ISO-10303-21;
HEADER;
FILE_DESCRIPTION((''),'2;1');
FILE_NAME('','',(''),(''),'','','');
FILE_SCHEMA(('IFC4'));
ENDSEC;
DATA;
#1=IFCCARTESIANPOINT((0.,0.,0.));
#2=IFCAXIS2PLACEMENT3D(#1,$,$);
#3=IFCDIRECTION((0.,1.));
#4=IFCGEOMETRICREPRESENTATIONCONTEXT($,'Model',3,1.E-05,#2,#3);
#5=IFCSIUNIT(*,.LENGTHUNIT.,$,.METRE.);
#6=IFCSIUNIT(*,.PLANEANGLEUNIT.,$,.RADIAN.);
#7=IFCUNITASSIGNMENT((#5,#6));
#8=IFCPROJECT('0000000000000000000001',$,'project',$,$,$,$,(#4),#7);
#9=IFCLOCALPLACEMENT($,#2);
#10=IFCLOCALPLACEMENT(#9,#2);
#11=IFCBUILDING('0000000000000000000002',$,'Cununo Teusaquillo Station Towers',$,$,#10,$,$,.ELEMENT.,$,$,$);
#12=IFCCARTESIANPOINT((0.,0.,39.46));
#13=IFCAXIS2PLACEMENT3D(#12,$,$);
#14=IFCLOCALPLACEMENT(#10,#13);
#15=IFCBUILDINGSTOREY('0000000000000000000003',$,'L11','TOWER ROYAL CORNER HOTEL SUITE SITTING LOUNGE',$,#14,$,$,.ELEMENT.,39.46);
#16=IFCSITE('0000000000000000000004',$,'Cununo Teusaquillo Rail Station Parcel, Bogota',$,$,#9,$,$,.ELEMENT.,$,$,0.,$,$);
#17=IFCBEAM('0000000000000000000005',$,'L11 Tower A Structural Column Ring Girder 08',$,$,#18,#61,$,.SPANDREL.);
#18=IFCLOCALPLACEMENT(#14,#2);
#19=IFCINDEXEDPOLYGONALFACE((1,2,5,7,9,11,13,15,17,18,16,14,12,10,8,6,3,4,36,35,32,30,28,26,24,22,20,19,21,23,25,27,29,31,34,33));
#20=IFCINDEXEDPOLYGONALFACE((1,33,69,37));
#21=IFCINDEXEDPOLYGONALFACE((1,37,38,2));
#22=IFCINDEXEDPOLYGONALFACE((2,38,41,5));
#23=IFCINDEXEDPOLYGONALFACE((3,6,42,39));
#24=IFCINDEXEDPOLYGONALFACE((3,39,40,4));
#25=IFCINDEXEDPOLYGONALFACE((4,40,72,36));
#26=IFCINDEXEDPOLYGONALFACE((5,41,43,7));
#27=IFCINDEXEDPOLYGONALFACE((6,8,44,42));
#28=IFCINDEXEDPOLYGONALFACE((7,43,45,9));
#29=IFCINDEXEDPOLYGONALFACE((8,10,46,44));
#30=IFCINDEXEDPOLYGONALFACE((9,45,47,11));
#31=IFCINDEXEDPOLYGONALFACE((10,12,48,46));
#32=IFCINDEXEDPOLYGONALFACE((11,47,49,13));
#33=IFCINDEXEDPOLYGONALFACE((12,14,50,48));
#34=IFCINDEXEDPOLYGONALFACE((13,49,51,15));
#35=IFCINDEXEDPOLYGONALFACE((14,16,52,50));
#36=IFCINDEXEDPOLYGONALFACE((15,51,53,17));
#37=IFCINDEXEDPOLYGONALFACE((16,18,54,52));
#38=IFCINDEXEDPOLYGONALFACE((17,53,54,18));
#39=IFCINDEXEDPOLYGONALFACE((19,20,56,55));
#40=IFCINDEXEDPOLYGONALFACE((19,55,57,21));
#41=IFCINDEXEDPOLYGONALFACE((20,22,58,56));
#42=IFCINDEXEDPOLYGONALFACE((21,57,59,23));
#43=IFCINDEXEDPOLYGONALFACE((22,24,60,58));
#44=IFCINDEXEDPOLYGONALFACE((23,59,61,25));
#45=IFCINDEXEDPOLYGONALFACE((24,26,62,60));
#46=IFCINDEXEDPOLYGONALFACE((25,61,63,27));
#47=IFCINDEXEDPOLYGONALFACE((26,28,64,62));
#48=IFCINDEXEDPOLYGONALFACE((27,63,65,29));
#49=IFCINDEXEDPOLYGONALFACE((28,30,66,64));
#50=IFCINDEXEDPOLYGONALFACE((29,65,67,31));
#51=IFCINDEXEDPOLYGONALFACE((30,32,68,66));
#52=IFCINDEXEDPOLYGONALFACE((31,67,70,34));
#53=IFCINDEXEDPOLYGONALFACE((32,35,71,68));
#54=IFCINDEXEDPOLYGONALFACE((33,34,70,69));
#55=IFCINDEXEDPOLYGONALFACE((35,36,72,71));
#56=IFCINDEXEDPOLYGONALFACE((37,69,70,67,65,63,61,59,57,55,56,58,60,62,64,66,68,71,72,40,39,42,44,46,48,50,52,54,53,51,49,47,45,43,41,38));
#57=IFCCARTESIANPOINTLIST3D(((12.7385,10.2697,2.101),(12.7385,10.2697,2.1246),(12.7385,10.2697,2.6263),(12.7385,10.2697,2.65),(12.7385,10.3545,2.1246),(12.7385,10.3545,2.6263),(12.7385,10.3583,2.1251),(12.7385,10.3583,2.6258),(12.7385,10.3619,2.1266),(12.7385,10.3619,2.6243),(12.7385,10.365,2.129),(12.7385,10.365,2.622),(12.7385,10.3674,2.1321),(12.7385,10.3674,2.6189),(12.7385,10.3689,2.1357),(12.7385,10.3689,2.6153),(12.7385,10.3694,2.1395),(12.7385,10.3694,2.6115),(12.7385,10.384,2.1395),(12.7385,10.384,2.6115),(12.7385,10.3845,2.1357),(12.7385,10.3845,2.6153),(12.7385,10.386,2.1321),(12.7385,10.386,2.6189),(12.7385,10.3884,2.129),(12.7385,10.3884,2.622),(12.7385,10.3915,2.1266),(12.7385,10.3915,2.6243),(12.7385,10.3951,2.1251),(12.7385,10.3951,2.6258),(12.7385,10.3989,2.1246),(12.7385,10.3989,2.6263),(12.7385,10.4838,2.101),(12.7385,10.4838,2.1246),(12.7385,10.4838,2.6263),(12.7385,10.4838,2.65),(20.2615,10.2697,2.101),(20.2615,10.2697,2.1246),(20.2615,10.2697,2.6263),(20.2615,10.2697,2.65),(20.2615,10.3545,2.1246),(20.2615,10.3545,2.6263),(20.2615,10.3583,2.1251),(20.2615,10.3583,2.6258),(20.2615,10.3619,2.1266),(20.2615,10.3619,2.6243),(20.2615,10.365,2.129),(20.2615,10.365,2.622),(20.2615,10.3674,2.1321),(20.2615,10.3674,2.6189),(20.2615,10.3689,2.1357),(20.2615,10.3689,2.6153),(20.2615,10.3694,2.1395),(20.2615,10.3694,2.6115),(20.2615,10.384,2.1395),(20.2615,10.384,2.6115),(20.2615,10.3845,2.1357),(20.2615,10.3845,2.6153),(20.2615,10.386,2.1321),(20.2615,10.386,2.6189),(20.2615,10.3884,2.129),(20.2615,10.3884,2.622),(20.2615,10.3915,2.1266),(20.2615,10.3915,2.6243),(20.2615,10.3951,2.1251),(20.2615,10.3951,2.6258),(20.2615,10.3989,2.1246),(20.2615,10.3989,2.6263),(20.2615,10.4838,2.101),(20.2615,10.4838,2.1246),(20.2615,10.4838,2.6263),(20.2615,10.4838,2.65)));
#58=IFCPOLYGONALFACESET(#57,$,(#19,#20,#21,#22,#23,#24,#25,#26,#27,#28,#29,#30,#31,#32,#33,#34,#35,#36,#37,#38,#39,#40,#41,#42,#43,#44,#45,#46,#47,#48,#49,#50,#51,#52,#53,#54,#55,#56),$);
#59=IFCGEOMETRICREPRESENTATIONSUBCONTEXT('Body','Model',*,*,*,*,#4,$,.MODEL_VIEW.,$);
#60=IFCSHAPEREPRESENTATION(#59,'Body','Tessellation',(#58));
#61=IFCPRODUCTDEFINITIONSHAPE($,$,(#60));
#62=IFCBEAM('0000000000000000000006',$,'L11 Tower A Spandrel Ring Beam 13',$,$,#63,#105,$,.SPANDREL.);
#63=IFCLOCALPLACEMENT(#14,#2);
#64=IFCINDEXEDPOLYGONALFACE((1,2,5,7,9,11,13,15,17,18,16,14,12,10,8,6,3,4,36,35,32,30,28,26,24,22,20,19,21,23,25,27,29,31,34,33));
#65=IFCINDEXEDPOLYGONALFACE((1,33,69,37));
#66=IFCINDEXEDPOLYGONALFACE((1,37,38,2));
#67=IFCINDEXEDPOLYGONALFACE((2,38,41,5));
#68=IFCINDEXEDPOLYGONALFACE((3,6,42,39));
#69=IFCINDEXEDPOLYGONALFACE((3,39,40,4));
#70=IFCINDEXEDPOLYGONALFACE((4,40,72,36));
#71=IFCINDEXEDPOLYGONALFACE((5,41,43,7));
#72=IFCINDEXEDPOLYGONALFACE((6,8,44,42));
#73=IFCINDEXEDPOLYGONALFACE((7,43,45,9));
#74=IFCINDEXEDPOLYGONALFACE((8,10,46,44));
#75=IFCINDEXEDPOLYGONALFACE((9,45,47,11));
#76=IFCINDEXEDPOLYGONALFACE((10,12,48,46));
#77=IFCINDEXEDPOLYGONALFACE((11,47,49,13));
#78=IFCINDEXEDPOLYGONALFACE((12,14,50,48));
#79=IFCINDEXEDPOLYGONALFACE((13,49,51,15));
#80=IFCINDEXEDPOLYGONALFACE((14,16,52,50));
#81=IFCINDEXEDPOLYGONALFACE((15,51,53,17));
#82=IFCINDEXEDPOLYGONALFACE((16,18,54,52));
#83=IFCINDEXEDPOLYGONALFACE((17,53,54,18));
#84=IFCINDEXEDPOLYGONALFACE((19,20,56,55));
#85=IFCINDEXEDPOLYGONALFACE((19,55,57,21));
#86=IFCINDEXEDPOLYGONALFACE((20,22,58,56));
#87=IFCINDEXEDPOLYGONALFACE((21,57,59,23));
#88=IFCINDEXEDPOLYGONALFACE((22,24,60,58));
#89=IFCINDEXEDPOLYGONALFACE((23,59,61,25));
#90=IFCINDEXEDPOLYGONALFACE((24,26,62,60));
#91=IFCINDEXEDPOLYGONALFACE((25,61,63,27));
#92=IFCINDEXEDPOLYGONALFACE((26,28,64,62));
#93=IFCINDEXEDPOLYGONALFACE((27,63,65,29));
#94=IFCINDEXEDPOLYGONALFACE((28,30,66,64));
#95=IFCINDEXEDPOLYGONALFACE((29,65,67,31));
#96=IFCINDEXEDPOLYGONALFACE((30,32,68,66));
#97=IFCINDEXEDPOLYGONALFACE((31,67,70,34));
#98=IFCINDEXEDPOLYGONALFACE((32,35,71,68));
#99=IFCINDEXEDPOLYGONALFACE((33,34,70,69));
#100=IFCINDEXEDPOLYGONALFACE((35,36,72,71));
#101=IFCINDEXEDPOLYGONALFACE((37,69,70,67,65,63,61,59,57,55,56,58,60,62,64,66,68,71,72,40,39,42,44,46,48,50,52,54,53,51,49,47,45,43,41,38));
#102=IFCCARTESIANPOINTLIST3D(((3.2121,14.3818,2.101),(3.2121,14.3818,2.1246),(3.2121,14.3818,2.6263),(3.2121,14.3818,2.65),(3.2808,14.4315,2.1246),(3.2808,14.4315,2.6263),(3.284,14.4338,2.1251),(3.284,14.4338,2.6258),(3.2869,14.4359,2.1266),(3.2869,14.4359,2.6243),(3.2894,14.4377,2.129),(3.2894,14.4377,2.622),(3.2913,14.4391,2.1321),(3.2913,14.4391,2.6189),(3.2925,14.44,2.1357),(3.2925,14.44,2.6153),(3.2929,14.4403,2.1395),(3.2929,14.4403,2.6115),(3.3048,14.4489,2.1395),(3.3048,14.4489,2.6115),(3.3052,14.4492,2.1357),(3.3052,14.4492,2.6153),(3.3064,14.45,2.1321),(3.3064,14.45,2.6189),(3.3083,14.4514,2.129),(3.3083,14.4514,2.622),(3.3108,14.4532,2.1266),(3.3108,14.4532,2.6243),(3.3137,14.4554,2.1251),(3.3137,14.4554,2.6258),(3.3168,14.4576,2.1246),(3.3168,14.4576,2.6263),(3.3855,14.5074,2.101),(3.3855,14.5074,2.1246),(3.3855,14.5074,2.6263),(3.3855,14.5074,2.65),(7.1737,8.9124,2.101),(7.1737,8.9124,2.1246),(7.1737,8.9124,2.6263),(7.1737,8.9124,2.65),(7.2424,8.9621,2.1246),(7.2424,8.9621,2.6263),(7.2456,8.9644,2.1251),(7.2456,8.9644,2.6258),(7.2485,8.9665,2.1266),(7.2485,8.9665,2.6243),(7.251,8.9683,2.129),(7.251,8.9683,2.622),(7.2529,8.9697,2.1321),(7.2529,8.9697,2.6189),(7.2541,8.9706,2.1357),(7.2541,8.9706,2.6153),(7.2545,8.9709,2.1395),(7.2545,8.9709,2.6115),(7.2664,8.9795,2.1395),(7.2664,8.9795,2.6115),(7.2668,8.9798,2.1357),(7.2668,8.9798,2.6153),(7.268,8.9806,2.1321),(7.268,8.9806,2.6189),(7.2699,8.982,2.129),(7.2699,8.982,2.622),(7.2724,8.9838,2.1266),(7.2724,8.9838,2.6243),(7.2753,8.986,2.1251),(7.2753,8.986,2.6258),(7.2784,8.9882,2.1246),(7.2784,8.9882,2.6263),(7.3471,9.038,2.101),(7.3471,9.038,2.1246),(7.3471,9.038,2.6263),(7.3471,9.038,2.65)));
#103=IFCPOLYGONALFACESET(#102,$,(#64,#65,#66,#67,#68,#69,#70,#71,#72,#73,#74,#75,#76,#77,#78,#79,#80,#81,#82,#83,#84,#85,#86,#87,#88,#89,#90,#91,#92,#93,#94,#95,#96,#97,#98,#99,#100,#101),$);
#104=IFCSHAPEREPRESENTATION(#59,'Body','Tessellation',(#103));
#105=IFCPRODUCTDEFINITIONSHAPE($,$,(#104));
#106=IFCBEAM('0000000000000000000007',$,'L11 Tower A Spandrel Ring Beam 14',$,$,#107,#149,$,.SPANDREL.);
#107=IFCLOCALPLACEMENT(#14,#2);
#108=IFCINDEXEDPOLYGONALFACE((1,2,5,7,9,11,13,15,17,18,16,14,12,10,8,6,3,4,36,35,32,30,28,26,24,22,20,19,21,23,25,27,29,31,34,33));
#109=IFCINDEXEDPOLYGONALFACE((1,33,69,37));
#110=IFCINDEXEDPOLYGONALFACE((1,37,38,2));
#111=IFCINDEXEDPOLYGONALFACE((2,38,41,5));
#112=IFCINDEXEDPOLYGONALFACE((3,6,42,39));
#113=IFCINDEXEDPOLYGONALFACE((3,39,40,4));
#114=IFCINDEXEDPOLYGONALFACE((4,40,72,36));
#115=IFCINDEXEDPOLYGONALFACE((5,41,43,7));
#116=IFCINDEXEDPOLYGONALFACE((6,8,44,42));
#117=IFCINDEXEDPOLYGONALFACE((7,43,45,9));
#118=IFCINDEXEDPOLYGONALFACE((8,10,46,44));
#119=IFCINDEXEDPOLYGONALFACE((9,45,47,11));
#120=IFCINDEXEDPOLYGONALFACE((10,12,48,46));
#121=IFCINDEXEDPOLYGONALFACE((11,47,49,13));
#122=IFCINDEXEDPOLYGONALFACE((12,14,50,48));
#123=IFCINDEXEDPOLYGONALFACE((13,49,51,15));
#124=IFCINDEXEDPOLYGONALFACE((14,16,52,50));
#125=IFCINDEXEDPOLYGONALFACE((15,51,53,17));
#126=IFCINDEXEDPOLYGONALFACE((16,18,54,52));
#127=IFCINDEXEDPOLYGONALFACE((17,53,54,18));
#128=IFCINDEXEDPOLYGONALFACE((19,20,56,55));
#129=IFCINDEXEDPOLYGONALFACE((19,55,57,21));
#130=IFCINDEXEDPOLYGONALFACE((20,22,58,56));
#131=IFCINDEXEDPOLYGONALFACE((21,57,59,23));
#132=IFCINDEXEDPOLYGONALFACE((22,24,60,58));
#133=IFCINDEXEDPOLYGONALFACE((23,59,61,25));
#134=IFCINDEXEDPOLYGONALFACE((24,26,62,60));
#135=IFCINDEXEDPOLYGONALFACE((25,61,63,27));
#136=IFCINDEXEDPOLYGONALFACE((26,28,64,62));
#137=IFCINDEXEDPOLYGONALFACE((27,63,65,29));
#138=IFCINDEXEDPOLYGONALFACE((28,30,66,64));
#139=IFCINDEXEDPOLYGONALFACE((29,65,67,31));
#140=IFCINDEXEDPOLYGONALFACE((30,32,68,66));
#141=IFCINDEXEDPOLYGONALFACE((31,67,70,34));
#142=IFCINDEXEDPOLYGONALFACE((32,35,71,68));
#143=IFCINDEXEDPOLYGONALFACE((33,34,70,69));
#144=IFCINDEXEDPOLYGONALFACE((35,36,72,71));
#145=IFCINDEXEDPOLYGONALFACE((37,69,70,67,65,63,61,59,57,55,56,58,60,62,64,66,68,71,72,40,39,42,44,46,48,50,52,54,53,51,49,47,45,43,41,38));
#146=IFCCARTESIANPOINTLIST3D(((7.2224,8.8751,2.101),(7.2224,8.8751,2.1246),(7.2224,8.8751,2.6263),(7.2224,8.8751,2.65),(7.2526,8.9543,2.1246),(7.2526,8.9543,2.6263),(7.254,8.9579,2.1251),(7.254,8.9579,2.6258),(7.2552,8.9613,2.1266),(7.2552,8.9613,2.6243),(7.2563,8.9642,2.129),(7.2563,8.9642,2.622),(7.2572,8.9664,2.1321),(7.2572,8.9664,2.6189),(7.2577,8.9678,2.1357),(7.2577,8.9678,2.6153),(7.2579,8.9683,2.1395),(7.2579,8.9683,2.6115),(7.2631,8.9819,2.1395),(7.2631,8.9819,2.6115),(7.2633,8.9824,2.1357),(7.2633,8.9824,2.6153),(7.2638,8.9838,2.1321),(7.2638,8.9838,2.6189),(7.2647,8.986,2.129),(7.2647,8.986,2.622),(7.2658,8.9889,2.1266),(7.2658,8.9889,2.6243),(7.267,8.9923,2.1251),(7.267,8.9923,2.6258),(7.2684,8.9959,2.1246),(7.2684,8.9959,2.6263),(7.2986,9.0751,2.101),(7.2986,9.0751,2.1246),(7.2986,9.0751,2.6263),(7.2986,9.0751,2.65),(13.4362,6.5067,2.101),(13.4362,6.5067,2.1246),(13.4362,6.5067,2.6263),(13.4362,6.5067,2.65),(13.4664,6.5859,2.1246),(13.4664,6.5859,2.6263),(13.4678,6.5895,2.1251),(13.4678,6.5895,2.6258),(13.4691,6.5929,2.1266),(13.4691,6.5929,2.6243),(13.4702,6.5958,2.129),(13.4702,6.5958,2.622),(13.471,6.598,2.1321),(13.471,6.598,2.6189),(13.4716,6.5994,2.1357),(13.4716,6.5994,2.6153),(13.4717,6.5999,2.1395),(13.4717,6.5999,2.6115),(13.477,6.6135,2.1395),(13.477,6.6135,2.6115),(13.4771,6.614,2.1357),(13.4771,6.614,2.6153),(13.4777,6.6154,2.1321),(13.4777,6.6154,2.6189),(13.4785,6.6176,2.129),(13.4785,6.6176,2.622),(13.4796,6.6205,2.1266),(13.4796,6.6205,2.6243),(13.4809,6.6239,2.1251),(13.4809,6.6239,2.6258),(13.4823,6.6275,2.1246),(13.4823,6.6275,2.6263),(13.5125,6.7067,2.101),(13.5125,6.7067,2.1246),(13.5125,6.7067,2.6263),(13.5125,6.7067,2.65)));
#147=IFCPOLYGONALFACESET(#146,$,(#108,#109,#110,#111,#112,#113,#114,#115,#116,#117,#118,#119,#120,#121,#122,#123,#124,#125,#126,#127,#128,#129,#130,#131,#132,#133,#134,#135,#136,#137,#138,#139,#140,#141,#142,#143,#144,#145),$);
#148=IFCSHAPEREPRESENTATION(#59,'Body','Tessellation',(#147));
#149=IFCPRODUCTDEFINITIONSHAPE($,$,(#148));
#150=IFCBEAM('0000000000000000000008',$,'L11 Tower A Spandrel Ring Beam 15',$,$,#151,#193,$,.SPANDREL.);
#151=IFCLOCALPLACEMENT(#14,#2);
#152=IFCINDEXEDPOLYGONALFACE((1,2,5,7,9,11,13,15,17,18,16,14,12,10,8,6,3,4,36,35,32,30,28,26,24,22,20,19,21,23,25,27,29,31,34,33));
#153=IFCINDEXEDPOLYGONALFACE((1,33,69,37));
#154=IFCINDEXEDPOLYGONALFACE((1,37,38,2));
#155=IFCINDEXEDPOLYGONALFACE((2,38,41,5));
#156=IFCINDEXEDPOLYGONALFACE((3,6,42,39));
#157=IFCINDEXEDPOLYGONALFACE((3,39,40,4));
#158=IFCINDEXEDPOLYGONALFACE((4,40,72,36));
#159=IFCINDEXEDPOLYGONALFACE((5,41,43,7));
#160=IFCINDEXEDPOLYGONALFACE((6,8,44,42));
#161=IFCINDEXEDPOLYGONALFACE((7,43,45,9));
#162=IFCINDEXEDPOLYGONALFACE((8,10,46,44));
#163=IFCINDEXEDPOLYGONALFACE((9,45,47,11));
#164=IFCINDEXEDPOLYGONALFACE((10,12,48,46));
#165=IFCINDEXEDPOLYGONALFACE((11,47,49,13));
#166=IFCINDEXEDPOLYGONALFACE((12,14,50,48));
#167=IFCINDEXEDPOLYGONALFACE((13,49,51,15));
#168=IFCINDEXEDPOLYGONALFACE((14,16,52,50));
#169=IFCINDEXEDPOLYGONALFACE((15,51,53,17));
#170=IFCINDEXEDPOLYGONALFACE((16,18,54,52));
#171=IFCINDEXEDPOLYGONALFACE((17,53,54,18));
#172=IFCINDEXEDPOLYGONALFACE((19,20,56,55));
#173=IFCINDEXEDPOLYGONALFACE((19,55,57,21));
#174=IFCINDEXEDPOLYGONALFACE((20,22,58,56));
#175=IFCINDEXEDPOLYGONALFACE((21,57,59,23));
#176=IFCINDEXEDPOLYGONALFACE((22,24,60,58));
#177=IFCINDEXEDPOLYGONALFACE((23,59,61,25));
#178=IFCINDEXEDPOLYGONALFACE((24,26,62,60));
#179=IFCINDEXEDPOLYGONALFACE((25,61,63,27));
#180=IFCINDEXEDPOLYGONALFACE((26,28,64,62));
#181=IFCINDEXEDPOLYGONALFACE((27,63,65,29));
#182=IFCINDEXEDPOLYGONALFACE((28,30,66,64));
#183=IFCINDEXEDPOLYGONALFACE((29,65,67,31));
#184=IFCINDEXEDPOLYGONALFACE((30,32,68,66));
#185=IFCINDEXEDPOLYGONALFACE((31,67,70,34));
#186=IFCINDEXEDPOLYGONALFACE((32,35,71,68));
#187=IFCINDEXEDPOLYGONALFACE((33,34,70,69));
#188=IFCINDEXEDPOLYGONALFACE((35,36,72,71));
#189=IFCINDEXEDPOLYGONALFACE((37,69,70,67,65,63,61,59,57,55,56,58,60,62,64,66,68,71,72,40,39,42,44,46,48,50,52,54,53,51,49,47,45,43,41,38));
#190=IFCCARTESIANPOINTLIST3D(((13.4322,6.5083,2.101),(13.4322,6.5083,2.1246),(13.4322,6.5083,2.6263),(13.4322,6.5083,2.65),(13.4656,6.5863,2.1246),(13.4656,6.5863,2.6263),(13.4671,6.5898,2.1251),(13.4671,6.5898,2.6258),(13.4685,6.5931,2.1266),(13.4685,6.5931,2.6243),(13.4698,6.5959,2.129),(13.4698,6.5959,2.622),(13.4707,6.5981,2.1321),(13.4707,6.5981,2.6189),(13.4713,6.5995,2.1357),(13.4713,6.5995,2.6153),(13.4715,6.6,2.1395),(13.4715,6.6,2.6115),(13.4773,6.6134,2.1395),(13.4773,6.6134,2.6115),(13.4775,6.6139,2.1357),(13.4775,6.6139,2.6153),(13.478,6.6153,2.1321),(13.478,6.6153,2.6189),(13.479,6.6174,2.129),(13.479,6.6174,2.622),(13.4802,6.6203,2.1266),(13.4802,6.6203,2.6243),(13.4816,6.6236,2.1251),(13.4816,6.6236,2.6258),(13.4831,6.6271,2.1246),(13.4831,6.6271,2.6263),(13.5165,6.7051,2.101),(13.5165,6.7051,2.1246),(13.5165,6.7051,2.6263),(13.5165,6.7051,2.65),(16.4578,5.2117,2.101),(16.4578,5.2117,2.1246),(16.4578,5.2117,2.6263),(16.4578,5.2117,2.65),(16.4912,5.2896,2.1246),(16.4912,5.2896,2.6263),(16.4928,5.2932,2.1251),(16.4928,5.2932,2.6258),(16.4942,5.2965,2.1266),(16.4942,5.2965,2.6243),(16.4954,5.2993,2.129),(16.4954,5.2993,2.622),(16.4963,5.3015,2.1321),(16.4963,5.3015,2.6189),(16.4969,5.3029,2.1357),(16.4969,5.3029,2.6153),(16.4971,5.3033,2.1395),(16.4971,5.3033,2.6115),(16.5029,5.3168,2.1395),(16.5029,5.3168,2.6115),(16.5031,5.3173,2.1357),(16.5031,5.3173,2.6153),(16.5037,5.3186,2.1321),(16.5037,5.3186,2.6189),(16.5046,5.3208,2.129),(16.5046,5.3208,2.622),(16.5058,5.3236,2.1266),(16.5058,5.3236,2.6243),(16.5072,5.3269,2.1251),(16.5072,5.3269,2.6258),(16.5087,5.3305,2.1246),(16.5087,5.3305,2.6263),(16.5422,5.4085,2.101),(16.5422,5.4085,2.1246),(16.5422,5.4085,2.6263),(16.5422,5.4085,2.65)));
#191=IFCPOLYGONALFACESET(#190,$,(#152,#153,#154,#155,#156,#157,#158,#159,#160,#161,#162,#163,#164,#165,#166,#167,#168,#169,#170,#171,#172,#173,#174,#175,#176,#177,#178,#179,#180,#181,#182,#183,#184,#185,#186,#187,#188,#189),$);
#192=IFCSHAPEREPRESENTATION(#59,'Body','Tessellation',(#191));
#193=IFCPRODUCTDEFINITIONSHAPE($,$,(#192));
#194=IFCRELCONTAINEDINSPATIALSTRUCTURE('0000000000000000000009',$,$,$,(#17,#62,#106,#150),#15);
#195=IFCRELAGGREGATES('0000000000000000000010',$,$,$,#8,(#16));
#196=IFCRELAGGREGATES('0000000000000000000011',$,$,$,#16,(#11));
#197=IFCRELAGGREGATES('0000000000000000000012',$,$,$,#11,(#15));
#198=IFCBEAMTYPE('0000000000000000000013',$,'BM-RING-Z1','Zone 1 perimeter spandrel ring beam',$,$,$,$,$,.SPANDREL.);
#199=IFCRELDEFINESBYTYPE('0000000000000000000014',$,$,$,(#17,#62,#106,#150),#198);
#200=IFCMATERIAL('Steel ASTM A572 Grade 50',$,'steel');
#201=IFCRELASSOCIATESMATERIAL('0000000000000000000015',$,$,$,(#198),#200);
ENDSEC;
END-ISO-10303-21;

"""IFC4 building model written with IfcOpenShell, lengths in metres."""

from ifc_helpers import new_model, si_unit, direction, frame, origin, origin_2d, place, context, subcontext, project, spatial, i_section, extrude, material, material_profile, profile_set, type_object, element, save


model = new_model("IFC4")

# Units and contexts
model_context = context("Model", 3, precision=1e-05, world=origin(), true_north=direction((0.0, 1.0)))
body_context = subcontext(model_context, "Body", "Model", "MODEL_VIEW")
ifc_project = project(units=[si_unit("LENGTHUNIT", "METRE"), si_unit("PLANEANGLEUNIT", "RADIAN")], contexts=[model_context])

# Site, building, storey
site_placement = place(None, origin())
site = spatial("IfcSite", under=ifc_project, at=site_placement, Name="Cununo Teusaquillo Rail Station Parcel, Bogota", CompositionType="ELEMENT", RefElevation=0.0)
building_placement = place(site_placement, origin())
building = spatial("IfcBuilding", under=site, at=building_placement, Name="Cununo Teusaquillo Station Towers", CompositionType="ELEMENT")
storey_placement = place(building_placement, frame((0.0, 0.0, 39.46)))
storey = spatial("IfcBuildingStorey", under=building, at=storey_placement, Name="L11", Description="TOWER ROYAL CORNER HOTEL SUITE SITTING LOUNGE", CompositionType="ELEMENT", Elevation=39.46)

# Beams
ifc_material_1 = material(Name="Steel ASTM A572 Grade 50", Category="steel")
ifc_material_profile_1 = material_profile(ifc_material_1, i_section(OverallWidth=0.2141, OverallDepth=0.5491, WebThickness=0.0146, FlangeThickness=0.0237, FilletRadius=0.0149, at=origin_2d()), Name="W21X93")
ifc_profile_set_1 = profile_set([ifc_material_profile_1], Name="Steel ASTM A572 Grade 50")
beam_type_1 = type_object("IfcBeamType", Name="BM-RING-Z1", Description="Zone 1 perimeter spandrel ring beam", PredefinedType="SPANDREL", material=ifc_profile_set_1)
beam_1_placement = place(storey_placement, frame((12.7385, 10.3767, 2.3755), z_axis=(1.0, 0.0, 0.0), x_axis=(0.0, 1.0, 0.0)))
element("IfcBeam", 1, at=beam_1_placement, inside=storey, type_object=beam_type_1, Name="L11 Tower A Structural Column Ring Girder 08", PredefinedType="SPANDREL", context=body_context, shape_type="SweptSolid", body=[
    extrude(i_section(OverallWidth=0.2141, OverallDepth=0.5491, WebThickness=0.0146, FlangeThickness=0.0237, FilletRadius=0.0149, at=origin_2d()), origin(), (0.0, 0.0, 1.0), 7.5229),
])
beam_2_placement = place(storey_placement, frame((3.2988, 14.4446, 2.3755), z_axis=(0.586608, -0.809871, 0.0), x_axis=(0.809871, 0.586608, 0.0)))
element("IfcBeam", 2, at=beam_2_placement, inside=storey, type_object=beam_type_1, Name="L11 Tower A Spandrel Ring Beam 13", PredefinedType="SPANDREL", context=body_context, shape_type="SweptSolid", body=[
    extrude(i_section(OverallWidth=0.2141, OverallDepth=0.5491, WebThickness=0.0146, FlangeThickness=0.0237, FilletRadius=0.0149, at=origin_2d()), origin(), (0.0, 0.0, 1.0), 6.7534),
])
beam_3_placement = place(storey_placement, frame((7.2605, 8.9751, 2.3755), z_axis=(0.934427, -0.356156, 0.0), x_axis=(0.356156, 0.934427, 0.0)))
element("IfcBeam", 3, at=beam_3_placement, inside=storey, type_object=beam_type_1, Name="L11 Tower A Spandrel Ring Beam 14", PredefinedType="SPANDREL", context=body_context, shape_type="SweptSolid", body=[
    extrude(i_section(OverallWidth=0.2141, OverallDepth=0.5491, WebThickness=0.0146, FlangeThickness=0.0237, FilletRadius=0.0149, at=origin_2d()), origin(), (0.0, 0.0, 1.0), 6.6499),
])
beam_4_placement = place(storey_placement, frame((13.4744, 6.6067, 2.3755), z_axis=(0.919153, -0.393901, 0.0), x_axis=(0.393901, 0.919153, 0.0)))
element("IfcBeam", 4, at=beam_4_placement, inside=storey, type_object=beam_type_1, Name="L11 Tower A Spandrel Ring Beam 15", PredefinedType="SPANDREL", context=body_context, shape_type="SweptSolid", body=[
    extrude(i_section(OverallWidth=0.2141, OverallDepth=0.5491, WebThickness=0.0146, FlangeThickness=0.0237, FilletRadius=0.0149, at=origin_2d()), origin(), (0.0, 0.0, 1.0), 3.2917),
])

save(model, "model.ifc")
